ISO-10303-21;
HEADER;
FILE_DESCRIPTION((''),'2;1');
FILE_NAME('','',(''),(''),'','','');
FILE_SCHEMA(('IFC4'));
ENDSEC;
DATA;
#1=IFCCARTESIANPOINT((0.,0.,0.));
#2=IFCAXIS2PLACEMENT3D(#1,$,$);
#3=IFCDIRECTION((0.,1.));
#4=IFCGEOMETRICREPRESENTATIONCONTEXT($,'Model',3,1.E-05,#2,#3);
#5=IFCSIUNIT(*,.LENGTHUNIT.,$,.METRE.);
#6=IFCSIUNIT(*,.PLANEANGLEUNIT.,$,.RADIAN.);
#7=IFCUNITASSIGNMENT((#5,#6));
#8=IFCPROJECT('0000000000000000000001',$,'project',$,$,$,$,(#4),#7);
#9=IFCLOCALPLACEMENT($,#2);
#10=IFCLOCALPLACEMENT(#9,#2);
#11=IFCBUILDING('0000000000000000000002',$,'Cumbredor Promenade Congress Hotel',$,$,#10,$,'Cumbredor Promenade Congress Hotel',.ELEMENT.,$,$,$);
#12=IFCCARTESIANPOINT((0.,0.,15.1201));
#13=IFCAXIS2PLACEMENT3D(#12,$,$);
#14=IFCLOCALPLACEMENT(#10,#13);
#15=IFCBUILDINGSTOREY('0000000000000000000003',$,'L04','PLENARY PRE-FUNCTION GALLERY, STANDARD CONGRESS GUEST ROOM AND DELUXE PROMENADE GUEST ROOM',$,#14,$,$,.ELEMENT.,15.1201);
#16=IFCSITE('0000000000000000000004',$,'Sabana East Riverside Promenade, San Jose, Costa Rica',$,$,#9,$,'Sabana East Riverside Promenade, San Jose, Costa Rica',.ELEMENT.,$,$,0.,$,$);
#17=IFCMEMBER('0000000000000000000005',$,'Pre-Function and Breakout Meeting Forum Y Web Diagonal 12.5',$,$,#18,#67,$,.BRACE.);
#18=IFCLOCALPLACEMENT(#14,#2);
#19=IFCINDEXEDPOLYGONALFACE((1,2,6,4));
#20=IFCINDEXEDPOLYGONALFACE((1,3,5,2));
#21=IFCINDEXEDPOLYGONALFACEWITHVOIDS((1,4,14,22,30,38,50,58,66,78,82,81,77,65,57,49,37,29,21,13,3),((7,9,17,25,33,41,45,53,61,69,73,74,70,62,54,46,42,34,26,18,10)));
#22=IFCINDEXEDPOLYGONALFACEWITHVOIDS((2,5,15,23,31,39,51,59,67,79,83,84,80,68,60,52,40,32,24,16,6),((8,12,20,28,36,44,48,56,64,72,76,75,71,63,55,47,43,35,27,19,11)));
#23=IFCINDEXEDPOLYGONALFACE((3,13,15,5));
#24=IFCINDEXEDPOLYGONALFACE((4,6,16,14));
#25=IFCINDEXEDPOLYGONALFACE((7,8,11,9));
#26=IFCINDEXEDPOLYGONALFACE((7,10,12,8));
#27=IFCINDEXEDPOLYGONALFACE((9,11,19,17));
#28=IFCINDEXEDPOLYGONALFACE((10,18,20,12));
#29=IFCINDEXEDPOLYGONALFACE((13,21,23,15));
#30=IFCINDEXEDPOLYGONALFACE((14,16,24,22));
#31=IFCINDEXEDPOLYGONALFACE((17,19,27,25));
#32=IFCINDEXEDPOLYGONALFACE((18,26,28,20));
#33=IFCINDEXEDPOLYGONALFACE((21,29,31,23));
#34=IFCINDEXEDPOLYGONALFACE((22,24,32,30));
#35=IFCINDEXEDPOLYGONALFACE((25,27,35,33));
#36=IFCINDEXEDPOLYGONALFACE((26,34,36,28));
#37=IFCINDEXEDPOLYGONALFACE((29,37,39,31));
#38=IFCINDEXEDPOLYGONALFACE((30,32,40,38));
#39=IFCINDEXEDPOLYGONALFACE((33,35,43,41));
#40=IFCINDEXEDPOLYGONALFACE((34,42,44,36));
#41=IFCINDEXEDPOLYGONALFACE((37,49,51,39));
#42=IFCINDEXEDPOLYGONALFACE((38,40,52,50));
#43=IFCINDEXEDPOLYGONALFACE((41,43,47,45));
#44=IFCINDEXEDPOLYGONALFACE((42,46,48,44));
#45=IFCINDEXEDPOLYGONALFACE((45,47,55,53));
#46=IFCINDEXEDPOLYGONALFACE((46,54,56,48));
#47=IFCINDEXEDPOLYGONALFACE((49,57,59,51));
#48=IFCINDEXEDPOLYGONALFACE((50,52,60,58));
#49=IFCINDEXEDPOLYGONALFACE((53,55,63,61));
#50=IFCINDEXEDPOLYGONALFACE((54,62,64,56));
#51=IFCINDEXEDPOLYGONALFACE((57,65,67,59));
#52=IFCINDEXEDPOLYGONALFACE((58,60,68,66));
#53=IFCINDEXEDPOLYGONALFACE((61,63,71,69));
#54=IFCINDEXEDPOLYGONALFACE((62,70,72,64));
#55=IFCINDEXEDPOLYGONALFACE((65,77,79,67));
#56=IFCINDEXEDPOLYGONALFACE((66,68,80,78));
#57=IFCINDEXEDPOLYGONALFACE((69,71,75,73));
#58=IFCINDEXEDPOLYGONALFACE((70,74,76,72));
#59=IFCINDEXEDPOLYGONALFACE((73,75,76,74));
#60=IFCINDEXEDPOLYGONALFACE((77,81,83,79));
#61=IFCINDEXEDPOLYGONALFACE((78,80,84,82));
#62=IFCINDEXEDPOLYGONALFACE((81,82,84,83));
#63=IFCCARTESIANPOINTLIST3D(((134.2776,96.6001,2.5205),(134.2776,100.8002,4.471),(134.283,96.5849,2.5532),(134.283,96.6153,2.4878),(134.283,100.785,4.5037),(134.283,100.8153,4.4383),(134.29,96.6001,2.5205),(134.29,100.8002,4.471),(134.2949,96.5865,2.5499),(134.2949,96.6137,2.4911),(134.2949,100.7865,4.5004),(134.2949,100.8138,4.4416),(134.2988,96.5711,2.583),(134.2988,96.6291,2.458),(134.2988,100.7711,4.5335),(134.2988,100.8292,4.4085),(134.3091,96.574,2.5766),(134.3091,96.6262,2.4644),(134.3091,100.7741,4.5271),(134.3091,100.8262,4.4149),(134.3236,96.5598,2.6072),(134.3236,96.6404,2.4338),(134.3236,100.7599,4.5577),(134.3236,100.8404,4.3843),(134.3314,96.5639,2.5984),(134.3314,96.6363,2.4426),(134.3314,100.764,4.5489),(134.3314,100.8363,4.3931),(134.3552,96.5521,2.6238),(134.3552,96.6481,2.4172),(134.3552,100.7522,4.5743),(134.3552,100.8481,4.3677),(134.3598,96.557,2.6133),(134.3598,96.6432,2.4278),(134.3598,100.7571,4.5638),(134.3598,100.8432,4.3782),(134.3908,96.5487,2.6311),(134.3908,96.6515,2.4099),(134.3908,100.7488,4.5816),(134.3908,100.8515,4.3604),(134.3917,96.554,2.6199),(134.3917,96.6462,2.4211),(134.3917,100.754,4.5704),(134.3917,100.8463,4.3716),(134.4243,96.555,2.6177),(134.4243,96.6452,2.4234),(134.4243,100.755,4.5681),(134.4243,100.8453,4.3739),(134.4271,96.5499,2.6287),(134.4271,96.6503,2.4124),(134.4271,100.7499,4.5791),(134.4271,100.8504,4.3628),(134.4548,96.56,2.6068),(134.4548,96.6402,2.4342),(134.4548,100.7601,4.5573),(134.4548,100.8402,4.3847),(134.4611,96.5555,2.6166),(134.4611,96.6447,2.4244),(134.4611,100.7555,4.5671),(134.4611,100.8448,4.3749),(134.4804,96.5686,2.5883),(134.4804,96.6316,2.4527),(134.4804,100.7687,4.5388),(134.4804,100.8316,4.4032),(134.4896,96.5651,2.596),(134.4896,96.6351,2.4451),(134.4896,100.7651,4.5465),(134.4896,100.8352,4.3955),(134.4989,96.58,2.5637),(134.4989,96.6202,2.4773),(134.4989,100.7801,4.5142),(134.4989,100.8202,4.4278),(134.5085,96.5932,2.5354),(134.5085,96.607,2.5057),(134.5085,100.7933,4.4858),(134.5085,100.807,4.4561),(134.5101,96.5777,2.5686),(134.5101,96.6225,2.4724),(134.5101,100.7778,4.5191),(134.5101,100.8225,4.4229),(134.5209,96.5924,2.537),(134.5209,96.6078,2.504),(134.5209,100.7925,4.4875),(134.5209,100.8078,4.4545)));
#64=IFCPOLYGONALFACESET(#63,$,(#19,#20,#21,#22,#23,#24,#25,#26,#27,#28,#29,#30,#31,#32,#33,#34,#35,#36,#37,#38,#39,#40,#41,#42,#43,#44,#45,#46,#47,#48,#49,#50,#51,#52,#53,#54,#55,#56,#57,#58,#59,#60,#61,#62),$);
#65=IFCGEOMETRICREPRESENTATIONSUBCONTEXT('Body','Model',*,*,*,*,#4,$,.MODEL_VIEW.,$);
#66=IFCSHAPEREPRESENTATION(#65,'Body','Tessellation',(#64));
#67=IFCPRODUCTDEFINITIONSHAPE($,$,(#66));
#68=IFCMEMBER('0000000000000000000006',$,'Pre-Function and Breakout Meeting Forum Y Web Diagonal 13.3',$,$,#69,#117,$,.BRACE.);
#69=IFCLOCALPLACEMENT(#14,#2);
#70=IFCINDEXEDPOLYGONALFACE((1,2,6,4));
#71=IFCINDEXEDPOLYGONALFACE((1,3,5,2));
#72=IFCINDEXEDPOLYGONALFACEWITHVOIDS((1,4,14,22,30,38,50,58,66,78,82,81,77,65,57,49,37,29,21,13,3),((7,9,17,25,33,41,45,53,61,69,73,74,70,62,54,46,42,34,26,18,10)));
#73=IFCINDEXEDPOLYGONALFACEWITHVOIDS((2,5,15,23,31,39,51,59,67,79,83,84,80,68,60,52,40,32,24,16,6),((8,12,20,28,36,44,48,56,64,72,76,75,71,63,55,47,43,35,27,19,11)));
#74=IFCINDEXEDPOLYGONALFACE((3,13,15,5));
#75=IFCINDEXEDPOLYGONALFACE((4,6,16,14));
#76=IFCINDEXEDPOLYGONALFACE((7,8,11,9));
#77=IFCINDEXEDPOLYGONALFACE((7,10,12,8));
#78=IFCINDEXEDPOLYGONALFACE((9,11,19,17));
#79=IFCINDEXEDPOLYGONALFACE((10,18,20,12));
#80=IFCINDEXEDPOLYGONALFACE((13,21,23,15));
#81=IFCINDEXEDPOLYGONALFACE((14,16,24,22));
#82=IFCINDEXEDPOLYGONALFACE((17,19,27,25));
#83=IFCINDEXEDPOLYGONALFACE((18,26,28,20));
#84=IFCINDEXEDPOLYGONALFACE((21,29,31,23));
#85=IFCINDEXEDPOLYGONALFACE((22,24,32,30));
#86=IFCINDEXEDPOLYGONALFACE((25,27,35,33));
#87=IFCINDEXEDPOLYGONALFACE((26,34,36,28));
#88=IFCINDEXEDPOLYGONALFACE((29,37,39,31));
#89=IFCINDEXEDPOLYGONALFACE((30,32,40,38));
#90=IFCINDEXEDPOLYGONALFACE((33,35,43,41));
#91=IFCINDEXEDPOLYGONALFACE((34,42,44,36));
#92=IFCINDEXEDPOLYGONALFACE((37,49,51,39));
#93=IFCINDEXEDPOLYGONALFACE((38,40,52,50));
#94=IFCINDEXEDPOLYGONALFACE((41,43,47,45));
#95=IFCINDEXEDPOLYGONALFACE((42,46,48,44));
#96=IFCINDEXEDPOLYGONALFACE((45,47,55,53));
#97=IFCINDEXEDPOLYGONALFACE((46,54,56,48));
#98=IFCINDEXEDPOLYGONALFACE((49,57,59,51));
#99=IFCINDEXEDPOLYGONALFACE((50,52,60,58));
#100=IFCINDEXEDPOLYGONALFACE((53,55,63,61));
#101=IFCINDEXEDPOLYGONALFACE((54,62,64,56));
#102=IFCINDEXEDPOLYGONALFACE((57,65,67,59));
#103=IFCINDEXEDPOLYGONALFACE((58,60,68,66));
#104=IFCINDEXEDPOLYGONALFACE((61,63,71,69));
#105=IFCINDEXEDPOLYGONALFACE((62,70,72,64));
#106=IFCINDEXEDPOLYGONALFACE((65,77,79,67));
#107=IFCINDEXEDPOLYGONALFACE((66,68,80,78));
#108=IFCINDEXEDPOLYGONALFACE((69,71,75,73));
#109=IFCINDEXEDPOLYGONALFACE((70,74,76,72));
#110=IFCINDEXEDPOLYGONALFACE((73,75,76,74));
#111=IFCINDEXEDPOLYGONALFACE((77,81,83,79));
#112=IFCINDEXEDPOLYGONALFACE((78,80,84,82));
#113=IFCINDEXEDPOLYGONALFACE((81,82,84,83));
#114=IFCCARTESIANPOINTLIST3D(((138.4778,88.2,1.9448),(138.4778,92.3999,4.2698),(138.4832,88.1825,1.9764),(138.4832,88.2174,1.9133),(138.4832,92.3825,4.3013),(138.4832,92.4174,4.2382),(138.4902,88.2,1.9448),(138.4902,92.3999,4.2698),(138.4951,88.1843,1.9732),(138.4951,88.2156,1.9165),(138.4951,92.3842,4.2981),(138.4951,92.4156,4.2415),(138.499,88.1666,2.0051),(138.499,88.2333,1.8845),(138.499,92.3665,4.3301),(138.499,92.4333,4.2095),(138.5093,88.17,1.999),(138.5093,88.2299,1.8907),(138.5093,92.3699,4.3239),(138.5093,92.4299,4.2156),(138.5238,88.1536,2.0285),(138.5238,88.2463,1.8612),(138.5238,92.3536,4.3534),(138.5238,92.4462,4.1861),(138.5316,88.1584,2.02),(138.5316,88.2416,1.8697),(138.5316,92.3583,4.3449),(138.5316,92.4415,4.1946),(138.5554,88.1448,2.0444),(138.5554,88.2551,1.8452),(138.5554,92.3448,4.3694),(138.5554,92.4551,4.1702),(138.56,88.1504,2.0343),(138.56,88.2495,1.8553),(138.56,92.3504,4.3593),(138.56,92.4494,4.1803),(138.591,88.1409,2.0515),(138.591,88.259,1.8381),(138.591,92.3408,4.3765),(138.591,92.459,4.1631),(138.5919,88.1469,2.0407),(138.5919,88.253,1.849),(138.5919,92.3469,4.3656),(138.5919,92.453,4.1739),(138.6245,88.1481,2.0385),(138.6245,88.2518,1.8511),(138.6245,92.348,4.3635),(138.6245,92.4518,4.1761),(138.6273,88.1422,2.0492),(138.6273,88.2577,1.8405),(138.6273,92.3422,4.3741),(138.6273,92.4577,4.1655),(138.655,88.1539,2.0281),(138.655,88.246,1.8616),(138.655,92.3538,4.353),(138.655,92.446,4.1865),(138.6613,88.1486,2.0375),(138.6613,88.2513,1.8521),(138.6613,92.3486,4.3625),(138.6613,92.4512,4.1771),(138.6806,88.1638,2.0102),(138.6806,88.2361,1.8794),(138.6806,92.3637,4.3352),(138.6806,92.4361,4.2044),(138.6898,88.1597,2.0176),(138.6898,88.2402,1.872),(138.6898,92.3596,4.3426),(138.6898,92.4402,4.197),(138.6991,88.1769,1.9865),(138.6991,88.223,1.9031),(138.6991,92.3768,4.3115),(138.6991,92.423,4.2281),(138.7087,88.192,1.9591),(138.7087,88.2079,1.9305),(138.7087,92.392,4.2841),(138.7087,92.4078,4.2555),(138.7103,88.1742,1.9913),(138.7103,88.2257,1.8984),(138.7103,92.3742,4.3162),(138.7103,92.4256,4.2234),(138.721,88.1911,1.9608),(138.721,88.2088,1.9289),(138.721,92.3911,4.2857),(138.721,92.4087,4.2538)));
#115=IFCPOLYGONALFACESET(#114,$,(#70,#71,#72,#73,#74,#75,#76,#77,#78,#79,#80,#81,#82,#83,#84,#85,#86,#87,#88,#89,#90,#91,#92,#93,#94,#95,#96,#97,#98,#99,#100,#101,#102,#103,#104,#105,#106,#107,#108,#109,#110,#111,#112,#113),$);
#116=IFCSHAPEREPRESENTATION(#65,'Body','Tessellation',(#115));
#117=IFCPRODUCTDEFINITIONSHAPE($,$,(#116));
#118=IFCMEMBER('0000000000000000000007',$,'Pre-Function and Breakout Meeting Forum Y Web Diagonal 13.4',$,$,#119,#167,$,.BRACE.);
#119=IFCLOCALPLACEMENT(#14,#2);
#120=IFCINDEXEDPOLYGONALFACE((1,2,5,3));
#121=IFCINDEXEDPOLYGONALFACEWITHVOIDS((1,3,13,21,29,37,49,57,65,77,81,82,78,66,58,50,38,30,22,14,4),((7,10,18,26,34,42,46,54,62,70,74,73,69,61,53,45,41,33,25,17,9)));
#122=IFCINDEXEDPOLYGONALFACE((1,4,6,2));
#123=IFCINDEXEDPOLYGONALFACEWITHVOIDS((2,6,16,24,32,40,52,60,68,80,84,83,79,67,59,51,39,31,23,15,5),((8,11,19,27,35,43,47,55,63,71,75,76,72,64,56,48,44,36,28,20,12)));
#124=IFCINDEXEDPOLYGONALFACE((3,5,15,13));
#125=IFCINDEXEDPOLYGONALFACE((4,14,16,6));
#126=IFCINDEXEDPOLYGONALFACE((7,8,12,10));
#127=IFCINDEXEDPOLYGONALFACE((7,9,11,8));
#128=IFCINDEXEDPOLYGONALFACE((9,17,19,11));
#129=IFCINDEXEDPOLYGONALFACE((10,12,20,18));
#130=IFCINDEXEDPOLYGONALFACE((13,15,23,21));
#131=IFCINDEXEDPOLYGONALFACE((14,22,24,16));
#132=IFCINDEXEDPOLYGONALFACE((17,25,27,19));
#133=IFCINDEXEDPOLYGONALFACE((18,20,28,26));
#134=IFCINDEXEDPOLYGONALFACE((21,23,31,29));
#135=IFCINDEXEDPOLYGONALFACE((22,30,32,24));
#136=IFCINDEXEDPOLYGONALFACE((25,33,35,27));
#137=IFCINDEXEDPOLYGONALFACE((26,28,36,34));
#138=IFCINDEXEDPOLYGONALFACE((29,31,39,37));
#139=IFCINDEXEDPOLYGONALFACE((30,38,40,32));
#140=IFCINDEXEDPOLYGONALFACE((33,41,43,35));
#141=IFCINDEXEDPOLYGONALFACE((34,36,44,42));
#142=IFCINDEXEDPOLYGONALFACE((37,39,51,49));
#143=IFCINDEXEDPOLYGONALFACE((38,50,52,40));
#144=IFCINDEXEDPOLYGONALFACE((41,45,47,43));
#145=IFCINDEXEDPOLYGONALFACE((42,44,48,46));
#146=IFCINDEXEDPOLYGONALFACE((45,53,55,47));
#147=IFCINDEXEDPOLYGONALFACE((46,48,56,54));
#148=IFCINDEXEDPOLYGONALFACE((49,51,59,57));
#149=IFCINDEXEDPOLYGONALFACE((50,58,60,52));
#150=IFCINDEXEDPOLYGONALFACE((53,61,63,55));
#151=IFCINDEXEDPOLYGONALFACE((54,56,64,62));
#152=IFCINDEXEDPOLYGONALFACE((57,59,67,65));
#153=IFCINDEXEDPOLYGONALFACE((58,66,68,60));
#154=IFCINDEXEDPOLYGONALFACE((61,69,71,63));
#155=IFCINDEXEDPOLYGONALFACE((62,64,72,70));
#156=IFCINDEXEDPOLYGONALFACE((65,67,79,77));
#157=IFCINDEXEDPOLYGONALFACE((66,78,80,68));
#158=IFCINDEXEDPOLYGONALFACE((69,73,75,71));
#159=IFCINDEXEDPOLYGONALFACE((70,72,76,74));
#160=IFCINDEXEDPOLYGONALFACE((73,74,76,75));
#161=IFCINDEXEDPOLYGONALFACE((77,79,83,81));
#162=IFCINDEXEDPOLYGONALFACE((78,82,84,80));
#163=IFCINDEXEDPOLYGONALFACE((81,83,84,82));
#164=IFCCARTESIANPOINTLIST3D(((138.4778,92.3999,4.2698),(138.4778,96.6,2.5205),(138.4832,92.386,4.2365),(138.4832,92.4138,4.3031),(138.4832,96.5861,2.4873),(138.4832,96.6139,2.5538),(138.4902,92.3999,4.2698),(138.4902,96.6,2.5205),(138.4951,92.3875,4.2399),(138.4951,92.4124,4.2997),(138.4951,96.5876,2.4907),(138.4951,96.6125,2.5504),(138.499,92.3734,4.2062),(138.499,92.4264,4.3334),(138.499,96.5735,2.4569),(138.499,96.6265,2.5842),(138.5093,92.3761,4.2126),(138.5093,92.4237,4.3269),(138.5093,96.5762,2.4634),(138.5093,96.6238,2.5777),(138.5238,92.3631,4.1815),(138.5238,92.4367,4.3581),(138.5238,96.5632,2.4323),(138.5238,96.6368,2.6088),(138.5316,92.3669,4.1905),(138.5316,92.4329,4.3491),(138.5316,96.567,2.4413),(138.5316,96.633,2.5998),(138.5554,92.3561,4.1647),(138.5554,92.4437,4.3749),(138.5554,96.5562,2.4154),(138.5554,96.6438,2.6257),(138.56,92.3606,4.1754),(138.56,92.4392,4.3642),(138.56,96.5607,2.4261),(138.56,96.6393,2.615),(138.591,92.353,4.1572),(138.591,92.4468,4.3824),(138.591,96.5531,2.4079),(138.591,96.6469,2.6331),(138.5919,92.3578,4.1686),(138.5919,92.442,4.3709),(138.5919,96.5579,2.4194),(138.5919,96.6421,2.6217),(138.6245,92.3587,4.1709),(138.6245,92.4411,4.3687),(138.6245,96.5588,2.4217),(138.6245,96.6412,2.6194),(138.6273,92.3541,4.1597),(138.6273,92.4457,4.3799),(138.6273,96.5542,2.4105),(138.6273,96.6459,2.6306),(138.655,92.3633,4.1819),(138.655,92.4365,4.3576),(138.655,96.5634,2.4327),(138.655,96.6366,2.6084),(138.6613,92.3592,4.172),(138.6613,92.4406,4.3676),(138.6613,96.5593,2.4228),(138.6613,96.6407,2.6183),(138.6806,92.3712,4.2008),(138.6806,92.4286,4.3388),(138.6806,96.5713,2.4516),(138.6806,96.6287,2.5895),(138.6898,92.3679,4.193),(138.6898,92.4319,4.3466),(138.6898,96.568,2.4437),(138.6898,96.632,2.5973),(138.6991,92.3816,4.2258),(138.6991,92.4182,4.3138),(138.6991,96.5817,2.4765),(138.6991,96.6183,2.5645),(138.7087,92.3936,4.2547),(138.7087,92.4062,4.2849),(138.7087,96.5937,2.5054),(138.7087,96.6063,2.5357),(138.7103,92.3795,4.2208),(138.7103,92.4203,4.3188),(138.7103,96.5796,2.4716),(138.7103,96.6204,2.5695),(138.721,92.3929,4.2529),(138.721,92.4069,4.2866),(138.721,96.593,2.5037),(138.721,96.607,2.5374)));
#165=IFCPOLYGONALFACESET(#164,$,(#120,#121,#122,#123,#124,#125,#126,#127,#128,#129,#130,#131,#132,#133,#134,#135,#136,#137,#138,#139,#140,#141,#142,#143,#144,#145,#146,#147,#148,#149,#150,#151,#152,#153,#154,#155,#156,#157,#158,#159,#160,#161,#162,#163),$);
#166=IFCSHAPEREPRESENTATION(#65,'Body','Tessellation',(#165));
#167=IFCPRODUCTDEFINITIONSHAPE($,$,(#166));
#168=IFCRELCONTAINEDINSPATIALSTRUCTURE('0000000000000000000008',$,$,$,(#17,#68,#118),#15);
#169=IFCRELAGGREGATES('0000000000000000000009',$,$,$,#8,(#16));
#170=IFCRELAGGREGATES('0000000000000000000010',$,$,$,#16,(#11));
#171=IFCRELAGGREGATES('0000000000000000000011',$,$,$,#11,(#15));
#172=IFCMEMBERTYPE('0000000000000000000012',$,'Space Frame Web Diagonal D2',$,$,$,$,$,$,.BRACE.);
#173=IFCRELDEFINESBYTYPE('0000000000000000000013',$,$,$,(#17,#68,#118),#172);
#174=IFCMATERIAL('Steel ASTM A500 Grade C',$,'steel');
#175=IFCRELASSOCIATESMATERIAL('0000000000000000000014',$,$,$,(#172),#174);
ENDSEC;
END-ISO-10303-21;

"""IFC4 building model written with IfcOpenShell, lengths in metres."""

from ifc_helpers import new_model, si_unit, direction, frame, origin, origin_2d, place, context, subcontext, project, spatial, hollow_circle, extrude, material, material_profile, profile_set, type_object, element, save


model = new_model("IFC4")

# Units and contexts
model_context = context("Model", 3, precision=1e-05, world=origin(), true_north=direction((0.0, 1.0)))
body_context = subcontext(model_context, "Body", "Model", "MODEL_VIEW")
ifc_project = project(units=[si_unit("LENGTHUNIT", "METRE"), si_unit("PLANEANGLEUNIT", "RADIAN")], contexts=[model_context])

# Site, building, storey
site_placement = place(None, origin())
site = spatial("IfcSite", under=ifc_project, at=site_placement, Name="Sabana East Riverside Promenade, San Jose, Costa Rica", LongName="Sabana East Riverside Promenade, San Jose, Costa Rica", CompositionType="ELEMENT", RefElevation=0.0)
building_placement = place(site_placement, origin())
building = spatial("IfcBuilding", under=site, at=building_placement, Name="Cumbredor Promenade Congress Hotel", LongName="Cumbredor Promenade Congress Hotel", CompositionType="ELEMENT")
storey_placement = place(building_placement, frame((0.0, 0.0, 15.1201)))
storey = spatial("IfcBuildingStorey", under=building, at=storey_placement, Name="L04", Description="PLENARY PRE-FUNCTION GALLERY, STANDARD CONGRESS GUEST ROOM AND DELUXE PROMENADE GUEST ROOM", CompositionType="ELEMENT", Elevation=15.1201)

# Members
ifc_material_1 = material(Name="Steel ASTM A500 Grade C", Category="steel")
ifc_material_profile_1 = material_profile(ifc_material_1, hollow_circle(Radius=0.1223, WallThickness=0.0125, at=origin_2d()), Name="CHS 244.5x12.5")
ifc_profile_set_1 = profile_set([ifc_material_profile_1], Name="Steel ASTM A500 Grade C")
member_type_1 = type_object("IfcMemberType", Name="Space Frame Web Diagonal D2", PredefinedType="BRACE", material=ifc_profile_set_1)
member_1_placement = place(storey_placement, frame((134.3999, 96.6001, 2.5205), z_axis=(0.0, 0.906971, 0.421193), x_axis=(-1.0, 0.0, 0.0)))
element("IfcMember", 1, at=member_1_placement, inside=storey, type_object=member_type_1, Name="Pre-Function and Breakout Meeting Forum Y Web Diagonal 12.5", PredefinedType="BRACE", context=body_context, shape_type="SweptSolid", body=[
    extrude(hollow_circle(Radius=0.1223, WallThickness=0.0125, at=origin_2d()), origin(), (0.0, 0.0, 1.0), 4.6309),
])
member_2_placement = place(storey_placement, frame((138.6001, 88.2, 1.9448), z_axis=(0.0, 0.874895, 0.484312), x_axis=(-1.0, 0.0, 0.0)))
element("IfcMember", 2, at=member_2_placement, inside=storey, type_object=member_type_1, Name="Pre-Function and Breakout Meeting Forum Y Web Diagonal 13.3", PredefinedType="BRACE", context=body_context, shape_type="SweptSolid", body=[
    extrude(hollow_circle(Radius=0.1223, WallThickness=0.0125, at=origin_2d()), origin(), (0.0, 0.0, 1.0), 4.8005),
])
member_3_placement = place(storey_placement, frame((138.6001, 92.3999, 4.2698), z_axis=(0.0, 0.92314, -0.384463), x_axis=(-1.0, 0.0, 0.0)))
element("IfcMember", 3, at=member_3_placement, inside=storey, type_object=member_type_1, Name="Pre-Function and Breakout Meeting Forum Y Web Diagonal 13.4", PredefinedType="BRACE", context=body_context, shape_type="SweptSolid", body=[
    extrude(hollow_circle(Radius=0.1223, WallThickness=0.0125, at=origin_2d()), origin(), (0.0, 0.0, 1.0), 4.5498),
])

save(model, "model.ifc")
